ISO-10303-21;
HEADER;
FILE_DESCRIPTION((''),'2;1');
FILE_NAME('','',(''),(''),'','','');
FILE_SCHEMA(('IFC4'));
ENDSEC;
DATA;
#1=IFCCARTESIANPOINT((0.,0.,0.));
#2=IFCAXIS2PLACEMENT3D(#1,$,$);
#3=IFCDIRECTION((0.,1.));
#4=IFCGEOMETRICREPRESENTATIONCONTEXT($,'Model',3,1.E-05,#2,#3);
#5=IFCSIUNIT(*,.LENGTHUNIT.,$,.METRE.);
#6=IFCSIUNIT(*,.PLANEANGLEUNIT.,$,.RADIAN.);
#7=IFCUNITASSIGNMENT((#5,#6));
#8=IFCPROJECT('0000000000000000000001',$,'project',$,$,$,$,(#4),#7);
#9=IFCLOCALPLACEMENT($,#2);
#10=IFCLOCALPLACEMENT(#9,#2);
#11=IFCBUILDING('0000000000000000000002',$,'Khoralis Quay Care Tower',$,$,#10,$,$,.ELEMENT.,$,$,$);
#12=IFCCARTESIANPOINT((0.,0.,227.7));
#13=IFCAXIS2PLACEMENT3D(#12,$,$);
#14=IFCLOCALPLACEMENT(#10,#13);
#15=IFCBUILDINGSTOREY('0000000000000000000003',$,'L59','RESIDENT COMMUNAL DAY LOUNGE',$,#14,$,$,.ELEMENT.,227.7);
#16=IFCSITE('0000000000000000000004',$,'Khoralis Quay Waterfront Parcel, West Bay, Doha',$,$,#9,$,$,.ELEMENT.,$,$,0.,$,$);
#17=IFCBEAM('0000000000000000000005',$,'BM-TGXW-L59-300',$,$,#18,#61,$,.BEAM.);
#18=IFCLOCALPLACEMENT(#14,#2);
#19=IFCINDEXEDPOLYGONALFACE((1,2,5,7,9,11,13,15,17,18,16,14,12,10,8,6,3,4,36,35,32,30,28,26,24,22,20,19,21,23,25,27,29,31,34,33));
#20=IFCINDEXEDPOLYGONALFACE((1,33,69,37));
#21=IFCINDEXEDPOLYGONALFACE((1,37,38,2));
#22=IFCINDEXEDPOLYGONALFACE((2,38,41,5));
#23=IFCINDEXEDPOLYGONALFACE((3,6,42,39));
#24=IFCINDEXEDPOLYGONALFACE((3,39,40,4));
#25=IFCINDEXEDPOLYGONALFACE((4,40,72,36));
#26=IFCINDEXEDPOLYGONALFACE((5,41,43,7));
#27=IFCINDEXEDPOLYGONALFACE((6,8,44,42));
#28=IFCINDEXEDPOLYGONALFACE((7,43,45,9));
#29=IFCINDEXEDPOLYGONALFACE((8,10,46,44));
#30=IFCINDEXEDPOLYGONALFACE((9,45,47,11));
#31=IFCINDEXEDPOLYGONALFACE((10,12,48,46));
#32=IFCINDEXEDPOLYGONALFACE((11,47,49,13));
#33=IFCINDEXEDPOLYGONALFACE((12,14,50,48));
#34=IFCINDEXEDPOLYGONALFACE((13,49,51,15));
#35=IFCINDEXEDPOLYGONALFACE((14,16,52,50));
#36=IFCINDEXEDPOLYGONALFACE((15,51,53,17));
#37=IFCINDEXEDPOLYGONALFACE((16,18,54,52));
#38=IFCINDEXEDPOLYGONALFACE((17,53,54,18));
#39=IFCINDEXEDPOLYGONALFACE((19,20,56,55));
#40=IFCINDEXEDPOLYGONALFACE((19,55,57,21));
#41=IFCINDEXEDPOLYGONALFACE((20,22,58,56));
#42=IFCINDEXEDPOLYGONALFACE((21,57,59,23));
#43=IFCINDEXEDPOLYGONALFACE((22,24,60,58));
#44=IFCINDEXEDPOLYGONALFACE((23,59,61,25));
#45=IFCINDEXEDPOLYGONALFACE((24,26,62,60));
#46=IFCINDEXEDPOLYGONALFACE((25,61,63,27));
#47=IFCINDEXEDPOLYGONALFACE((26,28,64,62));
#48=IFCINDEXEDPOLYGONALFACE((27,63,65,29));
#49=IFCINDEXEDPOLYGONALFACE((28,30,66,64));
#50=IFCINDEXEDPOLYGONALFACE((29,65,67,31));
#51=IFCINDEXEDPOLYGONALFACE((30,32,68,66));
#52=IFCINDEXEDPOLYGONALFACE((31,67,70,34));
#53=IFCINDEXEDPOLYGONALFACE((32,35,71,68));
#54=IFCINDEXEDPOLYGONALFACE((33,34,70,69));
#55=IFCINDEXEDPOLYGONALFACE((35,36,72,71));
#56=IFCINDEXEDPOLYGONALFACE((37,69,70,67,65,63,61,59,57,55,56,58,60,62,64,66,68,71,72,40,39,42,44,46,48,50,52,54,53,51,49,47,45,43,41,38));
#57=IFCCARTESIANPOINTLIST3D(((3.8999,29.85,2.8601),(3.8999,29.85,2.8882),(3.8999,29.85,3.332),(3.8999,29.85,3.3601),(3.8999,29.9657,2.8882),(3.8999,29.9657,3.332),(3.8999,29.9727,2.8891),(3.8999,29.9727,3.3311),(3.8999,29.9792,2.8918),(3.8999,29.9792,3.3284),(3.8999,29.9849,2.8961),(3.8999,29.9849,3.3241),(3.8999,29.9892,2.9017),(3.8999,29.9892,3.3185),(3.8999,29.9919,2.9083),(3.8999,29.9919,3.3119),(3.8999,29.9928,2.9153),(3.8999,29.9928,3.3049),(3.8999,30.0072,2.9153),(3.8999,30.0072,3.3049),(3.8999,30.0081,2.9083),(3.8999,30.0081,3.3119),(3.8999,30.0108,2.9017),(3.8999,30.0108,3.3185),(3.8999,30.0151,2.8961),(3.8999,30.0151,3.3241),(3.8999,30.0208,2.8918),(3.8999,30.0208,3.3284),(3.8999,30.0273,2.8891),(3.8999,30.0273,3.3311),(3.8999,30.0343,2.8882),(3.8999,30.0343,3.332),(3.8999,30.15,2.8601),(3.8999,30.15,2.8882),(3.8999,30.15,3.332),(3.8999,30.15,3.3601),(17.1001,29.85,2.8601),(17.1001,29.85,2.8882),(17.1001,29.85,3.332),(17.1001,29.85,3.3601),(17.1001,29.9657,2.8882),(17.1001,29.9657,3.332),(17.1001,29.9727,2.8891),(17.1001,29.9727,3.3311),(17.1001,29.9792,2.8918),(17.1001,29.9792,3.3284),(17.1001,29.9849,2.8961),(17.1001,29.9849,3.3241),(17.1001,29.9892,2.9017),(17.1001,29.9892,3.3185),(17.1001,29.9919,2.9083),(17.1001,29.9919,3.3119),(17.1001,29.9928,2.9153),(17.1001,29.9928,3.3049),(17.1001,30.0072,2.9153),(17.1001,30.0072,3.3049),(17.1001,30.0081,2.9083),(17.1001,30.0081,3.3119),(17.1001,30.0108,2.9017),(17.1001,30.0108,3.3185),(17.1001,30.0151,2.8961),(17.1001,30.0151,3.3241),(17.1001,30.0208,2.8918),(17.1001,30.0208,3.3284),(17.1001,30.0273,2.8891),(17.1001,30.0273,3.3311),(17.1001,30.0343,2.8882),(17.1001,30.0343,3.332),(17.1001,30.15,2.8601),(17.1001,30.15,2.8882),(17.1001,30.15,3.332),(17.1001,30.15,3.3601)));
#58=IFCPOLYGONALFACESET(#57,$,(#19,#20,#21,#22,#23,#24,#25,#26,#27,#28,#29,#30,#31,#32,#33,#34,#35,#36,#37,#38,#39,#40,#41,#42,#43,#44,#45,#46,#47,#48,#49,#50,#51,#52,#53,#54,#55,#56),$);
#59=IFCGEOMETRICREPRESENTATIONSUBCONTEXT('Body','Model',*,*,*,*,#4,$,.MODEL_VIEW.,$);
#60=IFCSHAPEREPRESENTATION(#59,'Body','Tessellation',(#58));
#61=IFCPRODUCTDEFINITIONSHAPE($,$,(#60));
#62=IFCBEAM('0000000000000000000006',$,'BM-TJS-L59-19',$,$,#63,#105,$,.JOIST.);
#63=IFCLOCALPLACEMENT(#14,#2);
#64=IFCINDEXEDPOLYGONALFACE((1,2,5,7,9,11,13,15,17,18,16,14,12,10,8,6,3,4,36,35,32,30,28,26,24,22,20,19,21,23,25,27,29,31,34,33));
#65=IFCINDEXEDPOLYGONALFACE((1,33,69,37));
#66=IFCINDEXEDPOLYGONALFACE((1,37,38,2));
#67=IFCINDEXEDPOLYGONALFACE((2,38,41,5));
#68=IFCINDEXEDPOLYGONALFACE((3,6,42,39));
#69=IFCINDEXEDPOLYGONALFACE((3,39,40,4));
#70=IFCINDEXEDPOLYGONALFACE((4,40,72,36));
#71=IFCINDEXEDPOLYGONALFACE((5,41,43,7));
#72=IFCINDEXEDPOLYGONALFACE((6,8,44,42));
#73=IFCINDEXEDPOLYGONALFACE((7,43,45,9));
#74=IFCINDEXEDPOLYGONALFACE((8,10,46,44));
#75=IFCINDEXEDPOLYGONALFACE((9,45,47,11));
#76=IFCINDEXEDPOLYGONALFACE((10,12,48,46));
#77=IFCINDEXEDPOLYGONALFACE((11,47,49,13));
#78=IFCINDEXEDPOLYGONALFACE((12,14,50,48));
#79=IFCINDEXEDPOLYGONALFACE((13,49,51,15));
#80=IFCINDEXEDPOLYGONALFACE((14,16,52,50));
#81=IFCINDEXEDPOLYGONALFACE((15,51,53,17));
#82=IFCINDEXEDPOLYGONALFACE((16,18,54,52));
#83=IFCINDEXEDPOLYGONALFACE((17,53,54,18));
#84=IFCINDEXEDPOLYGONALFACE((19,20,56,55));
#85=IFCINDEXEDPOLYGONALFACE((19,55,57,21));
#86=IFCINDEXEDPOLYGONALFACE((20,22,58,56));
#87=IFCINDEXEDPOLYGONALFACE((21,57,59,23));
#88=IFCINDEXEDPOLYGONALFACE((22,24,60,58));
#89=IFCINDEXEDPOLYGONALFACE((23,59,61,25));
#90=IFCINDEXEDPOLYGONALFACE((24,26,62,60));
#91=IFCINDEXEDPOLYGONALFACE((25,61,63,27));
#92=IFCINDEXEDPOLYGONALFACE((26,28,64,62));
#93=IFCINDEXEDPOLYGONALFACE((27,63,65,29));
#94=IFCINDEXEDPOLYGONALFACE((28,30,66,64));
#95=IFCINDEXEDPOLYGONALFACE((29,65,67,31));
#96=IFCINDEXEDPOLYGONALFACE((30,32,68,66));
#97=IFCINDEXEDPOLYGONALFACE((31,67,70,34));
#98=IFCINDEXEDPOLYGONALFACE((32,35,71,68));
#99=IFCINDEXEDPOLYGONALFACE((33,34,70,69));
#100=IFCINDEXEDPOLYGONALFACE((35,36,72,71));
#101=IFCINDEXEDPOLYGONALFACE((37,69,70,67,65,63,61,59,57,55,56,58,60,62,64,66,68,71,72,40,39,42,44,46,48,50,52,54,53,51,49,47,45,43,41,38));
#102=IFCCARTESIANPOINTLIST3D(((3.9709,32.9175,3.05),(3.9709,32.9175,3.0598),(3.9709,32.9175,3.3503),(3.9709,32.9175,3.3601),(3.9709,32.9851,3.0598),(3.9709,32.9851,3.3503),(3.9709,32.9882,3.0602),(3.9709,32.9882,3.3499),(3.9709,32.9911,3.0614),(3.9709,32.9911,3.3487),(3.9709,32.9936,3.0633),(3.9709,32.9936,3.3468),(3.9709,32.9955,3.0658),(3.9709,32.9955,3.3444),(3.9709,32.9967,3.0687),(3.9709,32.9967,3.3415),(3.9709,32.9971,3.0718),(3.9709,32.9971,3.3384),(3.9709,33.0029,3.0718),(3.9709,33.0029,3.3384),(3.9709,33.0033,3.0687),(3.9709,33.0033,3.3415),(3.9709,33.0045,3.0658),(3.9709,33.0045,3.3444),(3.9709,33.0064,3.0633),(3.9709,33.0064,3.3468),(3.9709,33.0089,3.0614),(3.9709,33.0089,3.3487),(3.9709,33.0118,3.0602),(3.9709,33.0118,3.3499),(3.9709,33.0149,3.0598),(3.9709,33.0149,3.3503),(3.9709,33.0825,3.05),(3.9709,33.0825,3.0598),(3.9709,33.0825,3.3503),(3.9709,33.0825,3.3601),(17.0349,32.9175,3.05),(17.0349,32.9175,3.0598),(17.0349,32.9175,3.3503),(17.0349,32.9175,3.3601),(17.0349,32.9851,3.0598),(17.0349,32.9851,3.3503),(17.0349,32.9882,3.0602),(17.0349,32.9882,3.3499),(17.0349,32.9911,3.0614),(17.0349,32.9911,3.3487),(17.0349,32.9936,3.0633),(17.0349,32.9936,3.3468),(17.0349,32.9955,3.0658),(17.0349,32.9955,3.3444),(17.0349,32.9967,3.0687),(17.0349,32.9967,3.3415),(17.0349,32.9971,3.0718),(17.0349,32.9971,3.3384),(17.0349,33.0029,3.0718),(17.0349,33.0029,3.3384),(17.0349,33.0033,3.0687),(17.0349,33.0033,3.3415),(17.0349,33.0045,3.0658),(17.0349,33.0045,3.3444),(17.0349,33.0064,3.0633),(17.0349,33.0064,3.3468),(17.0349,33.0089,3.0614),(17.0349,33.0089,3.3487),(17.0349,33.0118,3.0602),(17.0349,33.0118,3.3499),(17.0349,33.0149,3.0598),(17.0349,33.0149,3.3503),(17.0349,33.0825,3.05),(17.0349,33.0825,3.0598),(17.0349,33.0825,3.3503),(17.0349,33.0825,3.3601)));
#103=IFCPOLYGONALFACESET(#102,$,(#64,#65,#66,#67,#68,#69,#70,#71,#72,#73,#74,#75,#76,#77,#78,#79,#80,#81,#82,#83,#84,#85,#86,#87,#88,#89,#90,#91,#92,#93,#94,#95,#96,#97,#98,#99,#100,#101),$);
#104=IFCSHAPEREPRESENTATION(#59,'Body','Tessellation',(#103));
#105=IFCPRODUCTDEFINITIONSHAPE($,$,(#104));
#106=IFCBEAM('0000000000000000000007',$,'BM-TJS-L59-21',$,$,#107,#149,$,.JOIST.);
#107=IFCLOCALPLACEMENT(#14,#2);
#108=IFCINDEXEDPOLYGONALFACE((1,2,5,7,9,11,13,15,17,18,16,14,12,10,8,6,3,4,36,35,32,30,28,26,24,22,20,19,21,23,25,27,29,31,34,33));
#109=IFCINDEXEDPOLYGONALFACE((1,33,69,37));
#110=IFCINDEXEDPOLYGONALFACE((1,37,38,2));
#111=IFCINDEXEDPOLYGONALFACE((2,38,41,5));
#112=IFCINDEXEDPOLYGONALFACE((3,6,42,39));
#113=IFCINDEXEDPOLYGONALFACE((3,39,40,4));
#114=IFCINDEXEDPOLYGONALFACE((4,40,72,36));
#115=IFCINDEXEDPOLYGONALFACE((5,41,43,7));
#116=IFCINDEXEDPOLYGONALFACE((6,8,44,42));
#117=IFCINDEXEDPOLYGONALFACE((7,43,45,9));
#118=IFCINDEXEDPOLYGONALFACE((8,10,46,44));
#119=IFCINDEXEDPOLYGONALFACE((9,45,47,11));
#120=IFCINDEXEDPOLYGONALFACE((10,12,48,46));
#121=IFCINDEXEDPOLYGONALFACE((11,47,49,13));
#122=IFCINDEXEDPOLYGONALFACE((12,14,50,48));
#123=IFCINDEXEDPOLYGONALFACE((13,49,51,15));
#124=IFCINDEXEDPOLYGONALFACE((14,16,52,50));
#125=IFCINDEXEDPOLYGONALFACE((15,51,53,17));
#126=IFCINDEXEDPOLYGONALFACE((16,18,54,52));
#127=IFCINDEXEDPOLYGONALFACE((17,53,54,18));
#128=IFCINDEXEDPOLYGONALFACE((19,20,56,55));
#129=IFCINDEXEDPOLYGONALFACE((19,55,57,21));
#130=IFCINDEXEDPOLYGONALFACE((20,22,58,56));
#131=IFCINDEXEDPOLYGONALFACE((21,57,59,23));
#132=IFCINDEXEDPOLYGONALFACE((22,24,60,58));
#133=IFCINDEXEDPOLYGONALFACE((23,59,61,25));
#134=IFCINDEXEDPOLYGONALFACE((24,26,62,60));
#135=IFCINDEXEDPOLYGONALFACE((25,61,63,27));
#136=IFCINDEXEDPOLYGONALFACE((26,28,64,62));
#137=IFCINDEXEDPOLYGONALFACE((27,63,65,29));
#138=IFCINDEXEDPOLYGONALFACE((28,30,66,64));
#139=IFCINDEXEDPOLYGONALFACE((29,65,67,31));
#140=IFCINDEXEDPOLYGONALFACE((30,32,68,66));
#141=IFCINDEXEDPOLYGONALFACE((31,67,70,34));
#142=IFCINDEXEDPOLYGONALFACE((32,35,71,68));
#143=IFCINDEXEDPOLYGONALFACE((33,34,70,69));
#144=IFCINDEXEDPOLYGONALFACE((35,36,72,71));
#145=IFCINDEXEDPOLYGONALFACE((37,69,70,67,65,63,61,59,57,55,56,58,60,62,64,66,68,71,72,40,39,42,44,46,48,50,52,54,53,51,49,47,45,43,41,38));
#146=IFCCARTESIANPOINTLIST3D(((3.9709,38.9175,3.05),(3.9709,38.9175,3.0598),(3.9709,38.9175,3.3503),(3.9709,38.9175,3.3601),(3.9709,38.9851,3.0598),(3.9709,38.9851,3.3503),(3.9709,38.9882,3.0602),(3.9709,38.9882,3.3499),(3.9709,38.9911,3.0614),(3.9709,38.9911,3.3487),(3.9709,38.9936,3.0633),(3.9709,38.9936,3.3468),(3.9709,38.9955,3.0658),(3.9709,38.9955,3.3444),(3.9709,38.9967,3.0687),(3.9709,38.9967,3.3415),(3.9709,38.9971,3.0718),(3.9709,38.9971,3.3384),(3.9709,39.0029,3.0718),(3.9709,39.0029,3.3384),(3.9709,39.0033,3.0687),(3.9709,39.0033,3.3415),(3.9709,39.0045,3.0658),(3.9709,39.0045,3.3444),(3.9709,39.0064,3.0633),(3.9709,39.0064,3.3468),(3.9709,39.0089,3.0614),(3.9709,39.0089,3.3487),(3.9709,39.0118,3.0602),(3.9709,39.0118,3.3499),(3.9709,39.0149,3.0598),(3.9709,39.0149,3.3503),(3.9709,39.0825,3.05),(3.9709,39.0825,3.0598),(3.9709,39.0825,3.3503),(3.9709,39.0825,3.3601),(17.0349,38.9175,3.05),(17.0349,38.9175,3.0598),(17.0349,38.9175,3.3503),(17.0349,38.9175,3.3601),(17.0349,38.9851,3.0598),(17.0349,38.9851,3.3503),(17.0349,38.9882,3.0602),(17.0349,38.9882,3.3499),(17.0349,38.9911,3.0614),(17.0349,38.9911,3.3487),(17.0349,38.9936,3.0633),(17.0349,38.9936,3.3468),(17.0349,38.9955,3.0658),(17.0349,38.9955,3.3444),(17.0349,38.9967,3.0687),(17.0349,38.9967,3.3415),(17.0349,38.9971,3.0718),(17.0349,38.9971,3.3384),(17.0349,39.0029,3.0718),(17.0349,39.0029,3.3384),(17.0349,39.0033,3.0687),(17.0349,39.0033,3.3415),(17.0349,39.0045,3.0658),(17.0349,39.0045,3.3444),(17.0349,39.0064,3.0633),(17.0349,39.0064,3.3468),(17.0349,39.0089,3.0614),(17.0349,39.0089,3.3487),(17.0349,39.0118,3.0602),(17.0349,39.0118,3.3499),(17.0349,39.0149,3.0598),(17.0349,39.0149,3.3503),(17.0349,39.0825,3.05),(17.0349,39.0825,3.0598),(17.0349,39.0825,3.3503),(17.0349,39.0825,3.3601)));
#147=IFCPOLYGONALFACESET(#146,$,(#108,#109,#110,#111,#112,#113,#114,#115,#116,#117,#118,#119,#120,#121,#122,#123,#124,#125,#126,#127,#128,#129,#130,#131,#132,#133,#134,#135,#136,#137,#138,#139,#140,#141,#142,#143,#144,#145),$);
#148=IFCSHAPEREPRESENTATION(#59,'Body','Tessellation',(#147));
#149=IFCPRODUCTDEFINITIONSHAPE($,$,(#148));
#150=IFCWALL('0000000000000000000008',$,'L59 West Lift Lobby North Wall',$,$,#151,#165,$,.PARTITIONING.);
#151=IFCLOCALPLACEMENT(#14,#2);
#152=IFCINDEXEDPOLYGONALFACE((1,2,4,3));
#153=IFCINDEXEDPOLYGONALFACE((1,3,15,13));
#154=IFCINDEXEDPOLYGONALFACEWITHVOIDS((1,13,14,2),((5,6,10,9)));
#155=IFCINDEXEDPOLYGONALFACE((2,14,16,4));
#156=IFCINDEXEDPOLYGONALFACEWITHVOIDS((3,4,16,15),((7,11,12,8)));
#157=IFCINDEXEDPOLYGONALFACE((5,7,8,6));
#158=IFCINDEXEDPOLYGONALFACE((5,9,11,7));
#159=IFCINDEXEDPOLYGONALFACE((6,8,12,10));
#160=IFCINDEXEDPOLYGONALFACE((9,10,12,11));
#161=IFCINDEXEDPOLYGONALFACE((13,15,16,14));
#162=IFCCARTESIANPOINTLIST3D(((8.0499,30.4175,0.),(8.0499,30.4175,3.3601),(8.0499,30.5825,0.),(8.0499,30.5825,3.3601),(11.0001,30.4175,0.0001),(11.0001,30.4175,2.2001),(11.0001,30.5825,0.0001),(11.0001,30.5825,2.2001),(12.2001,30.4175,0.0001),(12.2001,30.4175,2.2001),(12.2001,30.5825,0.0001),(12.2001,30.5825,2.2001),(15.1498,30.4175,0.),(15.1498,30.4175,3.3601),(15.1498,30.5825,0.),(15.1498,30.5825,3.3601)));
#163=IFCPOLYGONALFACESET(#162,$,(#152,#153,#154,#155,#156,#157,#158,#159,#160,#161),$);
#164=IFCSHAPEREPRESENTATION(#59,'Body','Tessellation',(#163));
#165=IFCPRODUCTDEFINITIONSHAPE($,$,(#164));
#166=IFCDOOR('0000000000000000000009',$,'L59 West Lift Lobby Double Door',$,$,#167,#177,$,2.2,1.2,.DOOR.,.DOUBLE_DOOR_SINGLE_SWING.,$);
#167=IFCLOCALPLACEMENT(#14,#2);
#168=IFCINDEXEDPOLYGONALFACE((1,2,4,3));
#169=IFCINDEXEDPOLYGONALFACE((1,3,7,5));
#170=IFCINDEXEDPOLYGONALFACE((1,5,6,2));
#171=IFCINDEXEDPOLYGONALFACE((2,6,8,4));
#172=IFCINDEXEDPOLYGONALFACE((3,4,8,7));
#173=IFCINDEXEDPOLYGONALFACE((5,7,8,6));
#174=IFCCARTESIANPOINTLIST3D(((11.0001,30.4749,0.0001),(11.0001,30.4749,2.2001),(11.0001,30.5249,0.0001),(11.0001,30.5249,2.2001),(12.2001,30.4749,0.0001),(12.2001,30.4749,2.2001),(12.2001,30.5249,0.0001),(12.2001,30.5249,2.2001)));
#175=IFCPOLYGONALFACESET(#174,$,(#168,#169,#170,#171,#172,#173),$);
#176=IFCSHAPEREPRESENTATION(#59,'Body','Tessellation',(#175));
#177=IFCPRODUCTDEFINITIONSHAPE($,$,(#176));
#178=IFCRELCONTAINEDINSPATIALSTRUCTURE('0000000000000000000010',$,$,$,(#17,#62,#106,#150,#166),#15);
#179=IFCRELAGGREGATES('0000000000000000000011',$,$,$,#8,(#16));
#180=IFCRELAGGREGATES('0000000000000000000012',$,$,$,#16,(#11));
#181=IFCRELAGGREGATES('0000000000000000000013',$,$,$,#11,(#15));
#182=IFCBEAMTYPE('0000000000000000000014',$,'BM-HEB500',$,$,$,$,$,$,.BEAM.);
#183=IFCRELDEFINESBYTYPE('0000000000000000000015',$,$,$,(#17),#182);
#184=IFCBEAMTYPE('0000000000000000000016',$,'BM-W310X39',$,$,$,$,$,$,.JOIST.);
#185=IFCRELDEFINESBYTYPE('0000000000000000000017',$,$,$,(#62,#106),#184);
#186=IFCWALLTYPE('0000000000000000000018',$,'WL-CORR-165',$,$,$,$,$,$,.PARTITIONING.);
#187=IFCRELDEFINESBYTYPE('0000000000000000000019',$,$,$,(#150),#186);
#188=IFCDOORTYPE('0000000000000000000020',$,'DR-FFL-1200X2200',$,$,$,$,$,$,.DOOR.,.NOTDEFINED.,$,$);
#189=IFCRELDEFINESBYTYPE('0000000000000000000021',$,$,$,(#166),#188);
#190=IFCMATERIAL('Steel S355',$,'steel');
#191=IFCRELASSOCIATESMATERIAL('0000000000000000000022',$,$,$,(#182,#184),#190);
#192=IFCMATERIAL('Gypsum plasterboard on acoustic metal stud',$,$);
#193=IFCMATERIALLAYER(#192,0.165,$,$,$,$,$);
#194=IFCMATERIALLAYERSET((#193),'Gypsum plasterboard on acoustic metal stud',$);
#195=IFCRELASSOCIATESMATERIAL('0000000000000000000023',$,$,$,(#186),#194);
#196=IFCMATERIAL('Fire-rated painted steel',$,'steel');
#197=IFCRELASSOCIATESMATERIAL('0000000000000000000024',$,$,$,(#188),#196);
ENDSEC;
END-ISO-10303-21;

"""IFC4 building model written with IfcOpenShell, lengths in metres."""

from ifc_helpers import new_model, si_unit, direction, frame, frame_2d, origin, origin_2d, place, context, subcontext, project, spatial, rectangle, i_section, extrude, source, transform, mapped, material, layer, layer_set, material_profile, profile_set, type_object, element, fill, save


model = new_model("IFC4")

# Units and contexts
model_context = context("Model", 3, precision=1e-05, world=origin(), true_north=direction((0.0, 1.0)))
body_context = subcontext(model_context, "Body", "Model", "MODEL_VIEW")
ifc_project = project(units=[si_unit("LENGTHUNIT", "METRE"), si_unit("PLANEANGLEUNIT", "RADIAN")], contexts=[model_context])

# Site, building, storey
site_placement = place(None, origin())
site = spatial("IfcSite", under=ifc_project, at=site_placement, Name="Khoralis Quay Waterfront Parcel, West Bay, Doha", CompositionType="ELEMENT", RefElevation=0.0)
building_placement = place(site_placement, origin())
building = spatial("IfcBuilding", under=site, at=building_placement, Name="Khoralis Quay Care Tower", CompositionType="ELEMENT")
storey_placement = place(building_placement, frame((0.0, 0.0, 227.7)))
storey = spatial("IfcBuildingStorey", under=building, at=storey_placement, Name="L59", Description="RESIDENT COMMUNAL DAY LOUNGE", CompositionType="ELEMENT", Elevation=227.7)

# Beams
ifc_material_1 = material(Name="Steel S355", Category="steel")
ifc_material_profile_1 = material_profile(ifc_material_1, i_section(OverallWidth=0.3, OverallDepth=0.5, WebThickness=0.0144, FlangeThickness=0.0281, FilletRadius=0.0271, at=origin_2d()), Name="Steel S355")
ifc_profile_set_1 = profile_set([ifc_material_profile_1], Name="Steel S355")
beam_type_1 = type_object("IfcBeamType", Name="BM-HEB500", PredefinedType="BEAM", material=ifc_profile_set_1)
shared_shape_1 = source(origin(), body_context, "Body", "SweptSolid", [
    extrude(i_section(OverallWidth=0.3, OverallDepth=0.5, WebThickness=0.0144, FlangeThickness=0.0281, FilletRadius=0.0271, at=origin_2d()), origin(), (0.0, 0.0, 1.0), 13.2002),
])
beam_1_placement = place(storey_placement, frame((3.8999, 30.0, 3.1101), z_axis=(1.0, 0.0, 0.0), x_axis=(0.0, 1.0, 0.0)))
element("IfcBeam", 1, at=beam_1_placement, inside=storey, type_object=beam_type_1, Name="BM-TGXW-L59-300", PredefinedType="BEAM", context=body_context, shape_type="MappedRepresentation", body=[
    mapped(shared_shape_1, transform((0.0, 0.0, 0.0), scale=1.0)),
])
ifc_material_profile_2 = material_profile(ifc_material_1, i_section(OverallWidth=0.165, OverallDepth=0.3101, WebThickness=0.0059, FlangeThickness=0.0098, FilletRadius=0.012, at=origin_2d()), Name="Steel S355")
ifc_profile_set_2 = profile_set([ifc_material_profile_2], Name="Steel S355")
beam_type_2 = type_object("IfcBeamType", Name="BM-W310X39", PredefinedType="JOIST", material=ifc_profile_set_2)
shared_shape_2 = source(origin(), body_context, "Body", "SweptSolid", [
    extrude(i_section(OverallWidth=0.165, OverallDepth=0.3101, WebThickness=0.0059, FlangeThickness=0.0098, FilletRadius=0.012, at=origin_2d()), origin(), (0.0, 0.0, 1.0), 13.064),
])
for number, where, z_axis, x_axis, name in (
    (2, (3.9709, 33.0, 3.2051), (1.0, 0.0, 0.0), (0.0, 1.0, 0.0), "BM-TJS-L59-19"),
    (3, (3.9709, 39.0, 3.2051), (1.0, 0.0, 0.0), (0.0, 1.0, 0.0), "BM-TJS-L59-21"),
):
    element("IfcBeam", number, at=place(storey_placement, frame(where, z_axis=z_axis, x_axis=x_axis)), inside=storey, type_object=beam_type_2, Name=name, PredefinedType="JOIST", context=body_context, shape_type="MappedRepresentation", body=[
        mapped(shared_shape_2, transform((0.0, 0.0, 0.0), scale=1.0)),
    ])

# Wall, opening, door
ifc_material_2 = material(Name="Gypsum plasterboard on acoustic metal stud")
ifc_layer_1 = layer(ifc_material_2, 0.165)
ifc_layer_set_1 = layer_set([ifc_layer_1], Name="Gypsum plasterboard on acoustic metal stud")
wall_type_1 = type_object("IfcWallType", Name="WL-CORR-165", PredefinedType="PARTITIONING", material=ifc_layer_set_1)
wall_1_placement = place(storey_placement, frame((8.05, 30.5, 0.0), z_axis=(0.0, 0.0, 1.0), x_axis=(1.0, 0.0, 0.0)))
wall_1 = element("IfcWall", 4, at=wall_1_placement, inside=storey, type_object=wall_type_1, Name="L59 West Lift Lobby North Wall", PredefinedType="PARTITIONING", context=body_context, shape_type="SweptSolid", body=[
    extrude(rectangle(XDim=7.0999, YDim=0.165, at=frame_2d((3.5498, 0.0))), origin(), (0.0, 0.0, 1.0), 3.3601),
])
opening_1_placement = place(wall_1_placement, frame((2.95, 0.0, 0.0)))
opening_1 = element("IfcOpeningElement", 5, at=opening_1_placement, cuts=wall_1, PredefinedType="OPENING", context=body_context, shape_type="SweptSolid", body=[
    extrude(rectangle(XDim=1.2, YDim=2.2, at=frame_2d((0.6001, 1.1001))), frame((0.0, 0.0925, 0.0), z_axis=(0.0, -1.0, 0.0), x_axis=(1.0, 0.0, 0.0)), (0.0, 0.0, 1.0), 0.1851),
])
ifc_material_3 = material(Name="Fire-rated painted steel", Category="steel")
door_type_1 = type_object("IfcDoorType", Name="DR-FFL-1200X2200", OperationType="NOTDEFINED", PredefinedType="DOOR", material=ifc_material_3)
shared_shape_3 = source(origin(), body_context, "Body", "SweptSolid", [
    extrude(rectangle(XDim=1.2, YDim=2.2, at=frame_2d((0.6001, 1.1001))), frame((0.0, 0.0249, 0.0), z_axis=(0.0, -1.0, 0.0), x_axis=(1.0, 0.0, 0.0)), (0.0, 0.0, 1.0), 0.05),
])
door_1_placement = place(opening_1_placement, origin())
door_1 = element("IfcDoor", 6, at=door_1_placement, inside=storey, type_object=door_type_1, Name="L59 West Lift Lobby Double Door", OperationType="DOUBLE_DOOR_SINGLE_SWING", OverallHeight=2.2, OverallWidth=1.2, PredefinedType="DOOR", context=body_context, shape_type="MappedRepresentation", body=[
    mapped(shared_shape_3, transform((0.0, 0.0, 0.0), scale=1.0)),
])
fill(opening_1, door_1)

save(model, "model.ifc")
